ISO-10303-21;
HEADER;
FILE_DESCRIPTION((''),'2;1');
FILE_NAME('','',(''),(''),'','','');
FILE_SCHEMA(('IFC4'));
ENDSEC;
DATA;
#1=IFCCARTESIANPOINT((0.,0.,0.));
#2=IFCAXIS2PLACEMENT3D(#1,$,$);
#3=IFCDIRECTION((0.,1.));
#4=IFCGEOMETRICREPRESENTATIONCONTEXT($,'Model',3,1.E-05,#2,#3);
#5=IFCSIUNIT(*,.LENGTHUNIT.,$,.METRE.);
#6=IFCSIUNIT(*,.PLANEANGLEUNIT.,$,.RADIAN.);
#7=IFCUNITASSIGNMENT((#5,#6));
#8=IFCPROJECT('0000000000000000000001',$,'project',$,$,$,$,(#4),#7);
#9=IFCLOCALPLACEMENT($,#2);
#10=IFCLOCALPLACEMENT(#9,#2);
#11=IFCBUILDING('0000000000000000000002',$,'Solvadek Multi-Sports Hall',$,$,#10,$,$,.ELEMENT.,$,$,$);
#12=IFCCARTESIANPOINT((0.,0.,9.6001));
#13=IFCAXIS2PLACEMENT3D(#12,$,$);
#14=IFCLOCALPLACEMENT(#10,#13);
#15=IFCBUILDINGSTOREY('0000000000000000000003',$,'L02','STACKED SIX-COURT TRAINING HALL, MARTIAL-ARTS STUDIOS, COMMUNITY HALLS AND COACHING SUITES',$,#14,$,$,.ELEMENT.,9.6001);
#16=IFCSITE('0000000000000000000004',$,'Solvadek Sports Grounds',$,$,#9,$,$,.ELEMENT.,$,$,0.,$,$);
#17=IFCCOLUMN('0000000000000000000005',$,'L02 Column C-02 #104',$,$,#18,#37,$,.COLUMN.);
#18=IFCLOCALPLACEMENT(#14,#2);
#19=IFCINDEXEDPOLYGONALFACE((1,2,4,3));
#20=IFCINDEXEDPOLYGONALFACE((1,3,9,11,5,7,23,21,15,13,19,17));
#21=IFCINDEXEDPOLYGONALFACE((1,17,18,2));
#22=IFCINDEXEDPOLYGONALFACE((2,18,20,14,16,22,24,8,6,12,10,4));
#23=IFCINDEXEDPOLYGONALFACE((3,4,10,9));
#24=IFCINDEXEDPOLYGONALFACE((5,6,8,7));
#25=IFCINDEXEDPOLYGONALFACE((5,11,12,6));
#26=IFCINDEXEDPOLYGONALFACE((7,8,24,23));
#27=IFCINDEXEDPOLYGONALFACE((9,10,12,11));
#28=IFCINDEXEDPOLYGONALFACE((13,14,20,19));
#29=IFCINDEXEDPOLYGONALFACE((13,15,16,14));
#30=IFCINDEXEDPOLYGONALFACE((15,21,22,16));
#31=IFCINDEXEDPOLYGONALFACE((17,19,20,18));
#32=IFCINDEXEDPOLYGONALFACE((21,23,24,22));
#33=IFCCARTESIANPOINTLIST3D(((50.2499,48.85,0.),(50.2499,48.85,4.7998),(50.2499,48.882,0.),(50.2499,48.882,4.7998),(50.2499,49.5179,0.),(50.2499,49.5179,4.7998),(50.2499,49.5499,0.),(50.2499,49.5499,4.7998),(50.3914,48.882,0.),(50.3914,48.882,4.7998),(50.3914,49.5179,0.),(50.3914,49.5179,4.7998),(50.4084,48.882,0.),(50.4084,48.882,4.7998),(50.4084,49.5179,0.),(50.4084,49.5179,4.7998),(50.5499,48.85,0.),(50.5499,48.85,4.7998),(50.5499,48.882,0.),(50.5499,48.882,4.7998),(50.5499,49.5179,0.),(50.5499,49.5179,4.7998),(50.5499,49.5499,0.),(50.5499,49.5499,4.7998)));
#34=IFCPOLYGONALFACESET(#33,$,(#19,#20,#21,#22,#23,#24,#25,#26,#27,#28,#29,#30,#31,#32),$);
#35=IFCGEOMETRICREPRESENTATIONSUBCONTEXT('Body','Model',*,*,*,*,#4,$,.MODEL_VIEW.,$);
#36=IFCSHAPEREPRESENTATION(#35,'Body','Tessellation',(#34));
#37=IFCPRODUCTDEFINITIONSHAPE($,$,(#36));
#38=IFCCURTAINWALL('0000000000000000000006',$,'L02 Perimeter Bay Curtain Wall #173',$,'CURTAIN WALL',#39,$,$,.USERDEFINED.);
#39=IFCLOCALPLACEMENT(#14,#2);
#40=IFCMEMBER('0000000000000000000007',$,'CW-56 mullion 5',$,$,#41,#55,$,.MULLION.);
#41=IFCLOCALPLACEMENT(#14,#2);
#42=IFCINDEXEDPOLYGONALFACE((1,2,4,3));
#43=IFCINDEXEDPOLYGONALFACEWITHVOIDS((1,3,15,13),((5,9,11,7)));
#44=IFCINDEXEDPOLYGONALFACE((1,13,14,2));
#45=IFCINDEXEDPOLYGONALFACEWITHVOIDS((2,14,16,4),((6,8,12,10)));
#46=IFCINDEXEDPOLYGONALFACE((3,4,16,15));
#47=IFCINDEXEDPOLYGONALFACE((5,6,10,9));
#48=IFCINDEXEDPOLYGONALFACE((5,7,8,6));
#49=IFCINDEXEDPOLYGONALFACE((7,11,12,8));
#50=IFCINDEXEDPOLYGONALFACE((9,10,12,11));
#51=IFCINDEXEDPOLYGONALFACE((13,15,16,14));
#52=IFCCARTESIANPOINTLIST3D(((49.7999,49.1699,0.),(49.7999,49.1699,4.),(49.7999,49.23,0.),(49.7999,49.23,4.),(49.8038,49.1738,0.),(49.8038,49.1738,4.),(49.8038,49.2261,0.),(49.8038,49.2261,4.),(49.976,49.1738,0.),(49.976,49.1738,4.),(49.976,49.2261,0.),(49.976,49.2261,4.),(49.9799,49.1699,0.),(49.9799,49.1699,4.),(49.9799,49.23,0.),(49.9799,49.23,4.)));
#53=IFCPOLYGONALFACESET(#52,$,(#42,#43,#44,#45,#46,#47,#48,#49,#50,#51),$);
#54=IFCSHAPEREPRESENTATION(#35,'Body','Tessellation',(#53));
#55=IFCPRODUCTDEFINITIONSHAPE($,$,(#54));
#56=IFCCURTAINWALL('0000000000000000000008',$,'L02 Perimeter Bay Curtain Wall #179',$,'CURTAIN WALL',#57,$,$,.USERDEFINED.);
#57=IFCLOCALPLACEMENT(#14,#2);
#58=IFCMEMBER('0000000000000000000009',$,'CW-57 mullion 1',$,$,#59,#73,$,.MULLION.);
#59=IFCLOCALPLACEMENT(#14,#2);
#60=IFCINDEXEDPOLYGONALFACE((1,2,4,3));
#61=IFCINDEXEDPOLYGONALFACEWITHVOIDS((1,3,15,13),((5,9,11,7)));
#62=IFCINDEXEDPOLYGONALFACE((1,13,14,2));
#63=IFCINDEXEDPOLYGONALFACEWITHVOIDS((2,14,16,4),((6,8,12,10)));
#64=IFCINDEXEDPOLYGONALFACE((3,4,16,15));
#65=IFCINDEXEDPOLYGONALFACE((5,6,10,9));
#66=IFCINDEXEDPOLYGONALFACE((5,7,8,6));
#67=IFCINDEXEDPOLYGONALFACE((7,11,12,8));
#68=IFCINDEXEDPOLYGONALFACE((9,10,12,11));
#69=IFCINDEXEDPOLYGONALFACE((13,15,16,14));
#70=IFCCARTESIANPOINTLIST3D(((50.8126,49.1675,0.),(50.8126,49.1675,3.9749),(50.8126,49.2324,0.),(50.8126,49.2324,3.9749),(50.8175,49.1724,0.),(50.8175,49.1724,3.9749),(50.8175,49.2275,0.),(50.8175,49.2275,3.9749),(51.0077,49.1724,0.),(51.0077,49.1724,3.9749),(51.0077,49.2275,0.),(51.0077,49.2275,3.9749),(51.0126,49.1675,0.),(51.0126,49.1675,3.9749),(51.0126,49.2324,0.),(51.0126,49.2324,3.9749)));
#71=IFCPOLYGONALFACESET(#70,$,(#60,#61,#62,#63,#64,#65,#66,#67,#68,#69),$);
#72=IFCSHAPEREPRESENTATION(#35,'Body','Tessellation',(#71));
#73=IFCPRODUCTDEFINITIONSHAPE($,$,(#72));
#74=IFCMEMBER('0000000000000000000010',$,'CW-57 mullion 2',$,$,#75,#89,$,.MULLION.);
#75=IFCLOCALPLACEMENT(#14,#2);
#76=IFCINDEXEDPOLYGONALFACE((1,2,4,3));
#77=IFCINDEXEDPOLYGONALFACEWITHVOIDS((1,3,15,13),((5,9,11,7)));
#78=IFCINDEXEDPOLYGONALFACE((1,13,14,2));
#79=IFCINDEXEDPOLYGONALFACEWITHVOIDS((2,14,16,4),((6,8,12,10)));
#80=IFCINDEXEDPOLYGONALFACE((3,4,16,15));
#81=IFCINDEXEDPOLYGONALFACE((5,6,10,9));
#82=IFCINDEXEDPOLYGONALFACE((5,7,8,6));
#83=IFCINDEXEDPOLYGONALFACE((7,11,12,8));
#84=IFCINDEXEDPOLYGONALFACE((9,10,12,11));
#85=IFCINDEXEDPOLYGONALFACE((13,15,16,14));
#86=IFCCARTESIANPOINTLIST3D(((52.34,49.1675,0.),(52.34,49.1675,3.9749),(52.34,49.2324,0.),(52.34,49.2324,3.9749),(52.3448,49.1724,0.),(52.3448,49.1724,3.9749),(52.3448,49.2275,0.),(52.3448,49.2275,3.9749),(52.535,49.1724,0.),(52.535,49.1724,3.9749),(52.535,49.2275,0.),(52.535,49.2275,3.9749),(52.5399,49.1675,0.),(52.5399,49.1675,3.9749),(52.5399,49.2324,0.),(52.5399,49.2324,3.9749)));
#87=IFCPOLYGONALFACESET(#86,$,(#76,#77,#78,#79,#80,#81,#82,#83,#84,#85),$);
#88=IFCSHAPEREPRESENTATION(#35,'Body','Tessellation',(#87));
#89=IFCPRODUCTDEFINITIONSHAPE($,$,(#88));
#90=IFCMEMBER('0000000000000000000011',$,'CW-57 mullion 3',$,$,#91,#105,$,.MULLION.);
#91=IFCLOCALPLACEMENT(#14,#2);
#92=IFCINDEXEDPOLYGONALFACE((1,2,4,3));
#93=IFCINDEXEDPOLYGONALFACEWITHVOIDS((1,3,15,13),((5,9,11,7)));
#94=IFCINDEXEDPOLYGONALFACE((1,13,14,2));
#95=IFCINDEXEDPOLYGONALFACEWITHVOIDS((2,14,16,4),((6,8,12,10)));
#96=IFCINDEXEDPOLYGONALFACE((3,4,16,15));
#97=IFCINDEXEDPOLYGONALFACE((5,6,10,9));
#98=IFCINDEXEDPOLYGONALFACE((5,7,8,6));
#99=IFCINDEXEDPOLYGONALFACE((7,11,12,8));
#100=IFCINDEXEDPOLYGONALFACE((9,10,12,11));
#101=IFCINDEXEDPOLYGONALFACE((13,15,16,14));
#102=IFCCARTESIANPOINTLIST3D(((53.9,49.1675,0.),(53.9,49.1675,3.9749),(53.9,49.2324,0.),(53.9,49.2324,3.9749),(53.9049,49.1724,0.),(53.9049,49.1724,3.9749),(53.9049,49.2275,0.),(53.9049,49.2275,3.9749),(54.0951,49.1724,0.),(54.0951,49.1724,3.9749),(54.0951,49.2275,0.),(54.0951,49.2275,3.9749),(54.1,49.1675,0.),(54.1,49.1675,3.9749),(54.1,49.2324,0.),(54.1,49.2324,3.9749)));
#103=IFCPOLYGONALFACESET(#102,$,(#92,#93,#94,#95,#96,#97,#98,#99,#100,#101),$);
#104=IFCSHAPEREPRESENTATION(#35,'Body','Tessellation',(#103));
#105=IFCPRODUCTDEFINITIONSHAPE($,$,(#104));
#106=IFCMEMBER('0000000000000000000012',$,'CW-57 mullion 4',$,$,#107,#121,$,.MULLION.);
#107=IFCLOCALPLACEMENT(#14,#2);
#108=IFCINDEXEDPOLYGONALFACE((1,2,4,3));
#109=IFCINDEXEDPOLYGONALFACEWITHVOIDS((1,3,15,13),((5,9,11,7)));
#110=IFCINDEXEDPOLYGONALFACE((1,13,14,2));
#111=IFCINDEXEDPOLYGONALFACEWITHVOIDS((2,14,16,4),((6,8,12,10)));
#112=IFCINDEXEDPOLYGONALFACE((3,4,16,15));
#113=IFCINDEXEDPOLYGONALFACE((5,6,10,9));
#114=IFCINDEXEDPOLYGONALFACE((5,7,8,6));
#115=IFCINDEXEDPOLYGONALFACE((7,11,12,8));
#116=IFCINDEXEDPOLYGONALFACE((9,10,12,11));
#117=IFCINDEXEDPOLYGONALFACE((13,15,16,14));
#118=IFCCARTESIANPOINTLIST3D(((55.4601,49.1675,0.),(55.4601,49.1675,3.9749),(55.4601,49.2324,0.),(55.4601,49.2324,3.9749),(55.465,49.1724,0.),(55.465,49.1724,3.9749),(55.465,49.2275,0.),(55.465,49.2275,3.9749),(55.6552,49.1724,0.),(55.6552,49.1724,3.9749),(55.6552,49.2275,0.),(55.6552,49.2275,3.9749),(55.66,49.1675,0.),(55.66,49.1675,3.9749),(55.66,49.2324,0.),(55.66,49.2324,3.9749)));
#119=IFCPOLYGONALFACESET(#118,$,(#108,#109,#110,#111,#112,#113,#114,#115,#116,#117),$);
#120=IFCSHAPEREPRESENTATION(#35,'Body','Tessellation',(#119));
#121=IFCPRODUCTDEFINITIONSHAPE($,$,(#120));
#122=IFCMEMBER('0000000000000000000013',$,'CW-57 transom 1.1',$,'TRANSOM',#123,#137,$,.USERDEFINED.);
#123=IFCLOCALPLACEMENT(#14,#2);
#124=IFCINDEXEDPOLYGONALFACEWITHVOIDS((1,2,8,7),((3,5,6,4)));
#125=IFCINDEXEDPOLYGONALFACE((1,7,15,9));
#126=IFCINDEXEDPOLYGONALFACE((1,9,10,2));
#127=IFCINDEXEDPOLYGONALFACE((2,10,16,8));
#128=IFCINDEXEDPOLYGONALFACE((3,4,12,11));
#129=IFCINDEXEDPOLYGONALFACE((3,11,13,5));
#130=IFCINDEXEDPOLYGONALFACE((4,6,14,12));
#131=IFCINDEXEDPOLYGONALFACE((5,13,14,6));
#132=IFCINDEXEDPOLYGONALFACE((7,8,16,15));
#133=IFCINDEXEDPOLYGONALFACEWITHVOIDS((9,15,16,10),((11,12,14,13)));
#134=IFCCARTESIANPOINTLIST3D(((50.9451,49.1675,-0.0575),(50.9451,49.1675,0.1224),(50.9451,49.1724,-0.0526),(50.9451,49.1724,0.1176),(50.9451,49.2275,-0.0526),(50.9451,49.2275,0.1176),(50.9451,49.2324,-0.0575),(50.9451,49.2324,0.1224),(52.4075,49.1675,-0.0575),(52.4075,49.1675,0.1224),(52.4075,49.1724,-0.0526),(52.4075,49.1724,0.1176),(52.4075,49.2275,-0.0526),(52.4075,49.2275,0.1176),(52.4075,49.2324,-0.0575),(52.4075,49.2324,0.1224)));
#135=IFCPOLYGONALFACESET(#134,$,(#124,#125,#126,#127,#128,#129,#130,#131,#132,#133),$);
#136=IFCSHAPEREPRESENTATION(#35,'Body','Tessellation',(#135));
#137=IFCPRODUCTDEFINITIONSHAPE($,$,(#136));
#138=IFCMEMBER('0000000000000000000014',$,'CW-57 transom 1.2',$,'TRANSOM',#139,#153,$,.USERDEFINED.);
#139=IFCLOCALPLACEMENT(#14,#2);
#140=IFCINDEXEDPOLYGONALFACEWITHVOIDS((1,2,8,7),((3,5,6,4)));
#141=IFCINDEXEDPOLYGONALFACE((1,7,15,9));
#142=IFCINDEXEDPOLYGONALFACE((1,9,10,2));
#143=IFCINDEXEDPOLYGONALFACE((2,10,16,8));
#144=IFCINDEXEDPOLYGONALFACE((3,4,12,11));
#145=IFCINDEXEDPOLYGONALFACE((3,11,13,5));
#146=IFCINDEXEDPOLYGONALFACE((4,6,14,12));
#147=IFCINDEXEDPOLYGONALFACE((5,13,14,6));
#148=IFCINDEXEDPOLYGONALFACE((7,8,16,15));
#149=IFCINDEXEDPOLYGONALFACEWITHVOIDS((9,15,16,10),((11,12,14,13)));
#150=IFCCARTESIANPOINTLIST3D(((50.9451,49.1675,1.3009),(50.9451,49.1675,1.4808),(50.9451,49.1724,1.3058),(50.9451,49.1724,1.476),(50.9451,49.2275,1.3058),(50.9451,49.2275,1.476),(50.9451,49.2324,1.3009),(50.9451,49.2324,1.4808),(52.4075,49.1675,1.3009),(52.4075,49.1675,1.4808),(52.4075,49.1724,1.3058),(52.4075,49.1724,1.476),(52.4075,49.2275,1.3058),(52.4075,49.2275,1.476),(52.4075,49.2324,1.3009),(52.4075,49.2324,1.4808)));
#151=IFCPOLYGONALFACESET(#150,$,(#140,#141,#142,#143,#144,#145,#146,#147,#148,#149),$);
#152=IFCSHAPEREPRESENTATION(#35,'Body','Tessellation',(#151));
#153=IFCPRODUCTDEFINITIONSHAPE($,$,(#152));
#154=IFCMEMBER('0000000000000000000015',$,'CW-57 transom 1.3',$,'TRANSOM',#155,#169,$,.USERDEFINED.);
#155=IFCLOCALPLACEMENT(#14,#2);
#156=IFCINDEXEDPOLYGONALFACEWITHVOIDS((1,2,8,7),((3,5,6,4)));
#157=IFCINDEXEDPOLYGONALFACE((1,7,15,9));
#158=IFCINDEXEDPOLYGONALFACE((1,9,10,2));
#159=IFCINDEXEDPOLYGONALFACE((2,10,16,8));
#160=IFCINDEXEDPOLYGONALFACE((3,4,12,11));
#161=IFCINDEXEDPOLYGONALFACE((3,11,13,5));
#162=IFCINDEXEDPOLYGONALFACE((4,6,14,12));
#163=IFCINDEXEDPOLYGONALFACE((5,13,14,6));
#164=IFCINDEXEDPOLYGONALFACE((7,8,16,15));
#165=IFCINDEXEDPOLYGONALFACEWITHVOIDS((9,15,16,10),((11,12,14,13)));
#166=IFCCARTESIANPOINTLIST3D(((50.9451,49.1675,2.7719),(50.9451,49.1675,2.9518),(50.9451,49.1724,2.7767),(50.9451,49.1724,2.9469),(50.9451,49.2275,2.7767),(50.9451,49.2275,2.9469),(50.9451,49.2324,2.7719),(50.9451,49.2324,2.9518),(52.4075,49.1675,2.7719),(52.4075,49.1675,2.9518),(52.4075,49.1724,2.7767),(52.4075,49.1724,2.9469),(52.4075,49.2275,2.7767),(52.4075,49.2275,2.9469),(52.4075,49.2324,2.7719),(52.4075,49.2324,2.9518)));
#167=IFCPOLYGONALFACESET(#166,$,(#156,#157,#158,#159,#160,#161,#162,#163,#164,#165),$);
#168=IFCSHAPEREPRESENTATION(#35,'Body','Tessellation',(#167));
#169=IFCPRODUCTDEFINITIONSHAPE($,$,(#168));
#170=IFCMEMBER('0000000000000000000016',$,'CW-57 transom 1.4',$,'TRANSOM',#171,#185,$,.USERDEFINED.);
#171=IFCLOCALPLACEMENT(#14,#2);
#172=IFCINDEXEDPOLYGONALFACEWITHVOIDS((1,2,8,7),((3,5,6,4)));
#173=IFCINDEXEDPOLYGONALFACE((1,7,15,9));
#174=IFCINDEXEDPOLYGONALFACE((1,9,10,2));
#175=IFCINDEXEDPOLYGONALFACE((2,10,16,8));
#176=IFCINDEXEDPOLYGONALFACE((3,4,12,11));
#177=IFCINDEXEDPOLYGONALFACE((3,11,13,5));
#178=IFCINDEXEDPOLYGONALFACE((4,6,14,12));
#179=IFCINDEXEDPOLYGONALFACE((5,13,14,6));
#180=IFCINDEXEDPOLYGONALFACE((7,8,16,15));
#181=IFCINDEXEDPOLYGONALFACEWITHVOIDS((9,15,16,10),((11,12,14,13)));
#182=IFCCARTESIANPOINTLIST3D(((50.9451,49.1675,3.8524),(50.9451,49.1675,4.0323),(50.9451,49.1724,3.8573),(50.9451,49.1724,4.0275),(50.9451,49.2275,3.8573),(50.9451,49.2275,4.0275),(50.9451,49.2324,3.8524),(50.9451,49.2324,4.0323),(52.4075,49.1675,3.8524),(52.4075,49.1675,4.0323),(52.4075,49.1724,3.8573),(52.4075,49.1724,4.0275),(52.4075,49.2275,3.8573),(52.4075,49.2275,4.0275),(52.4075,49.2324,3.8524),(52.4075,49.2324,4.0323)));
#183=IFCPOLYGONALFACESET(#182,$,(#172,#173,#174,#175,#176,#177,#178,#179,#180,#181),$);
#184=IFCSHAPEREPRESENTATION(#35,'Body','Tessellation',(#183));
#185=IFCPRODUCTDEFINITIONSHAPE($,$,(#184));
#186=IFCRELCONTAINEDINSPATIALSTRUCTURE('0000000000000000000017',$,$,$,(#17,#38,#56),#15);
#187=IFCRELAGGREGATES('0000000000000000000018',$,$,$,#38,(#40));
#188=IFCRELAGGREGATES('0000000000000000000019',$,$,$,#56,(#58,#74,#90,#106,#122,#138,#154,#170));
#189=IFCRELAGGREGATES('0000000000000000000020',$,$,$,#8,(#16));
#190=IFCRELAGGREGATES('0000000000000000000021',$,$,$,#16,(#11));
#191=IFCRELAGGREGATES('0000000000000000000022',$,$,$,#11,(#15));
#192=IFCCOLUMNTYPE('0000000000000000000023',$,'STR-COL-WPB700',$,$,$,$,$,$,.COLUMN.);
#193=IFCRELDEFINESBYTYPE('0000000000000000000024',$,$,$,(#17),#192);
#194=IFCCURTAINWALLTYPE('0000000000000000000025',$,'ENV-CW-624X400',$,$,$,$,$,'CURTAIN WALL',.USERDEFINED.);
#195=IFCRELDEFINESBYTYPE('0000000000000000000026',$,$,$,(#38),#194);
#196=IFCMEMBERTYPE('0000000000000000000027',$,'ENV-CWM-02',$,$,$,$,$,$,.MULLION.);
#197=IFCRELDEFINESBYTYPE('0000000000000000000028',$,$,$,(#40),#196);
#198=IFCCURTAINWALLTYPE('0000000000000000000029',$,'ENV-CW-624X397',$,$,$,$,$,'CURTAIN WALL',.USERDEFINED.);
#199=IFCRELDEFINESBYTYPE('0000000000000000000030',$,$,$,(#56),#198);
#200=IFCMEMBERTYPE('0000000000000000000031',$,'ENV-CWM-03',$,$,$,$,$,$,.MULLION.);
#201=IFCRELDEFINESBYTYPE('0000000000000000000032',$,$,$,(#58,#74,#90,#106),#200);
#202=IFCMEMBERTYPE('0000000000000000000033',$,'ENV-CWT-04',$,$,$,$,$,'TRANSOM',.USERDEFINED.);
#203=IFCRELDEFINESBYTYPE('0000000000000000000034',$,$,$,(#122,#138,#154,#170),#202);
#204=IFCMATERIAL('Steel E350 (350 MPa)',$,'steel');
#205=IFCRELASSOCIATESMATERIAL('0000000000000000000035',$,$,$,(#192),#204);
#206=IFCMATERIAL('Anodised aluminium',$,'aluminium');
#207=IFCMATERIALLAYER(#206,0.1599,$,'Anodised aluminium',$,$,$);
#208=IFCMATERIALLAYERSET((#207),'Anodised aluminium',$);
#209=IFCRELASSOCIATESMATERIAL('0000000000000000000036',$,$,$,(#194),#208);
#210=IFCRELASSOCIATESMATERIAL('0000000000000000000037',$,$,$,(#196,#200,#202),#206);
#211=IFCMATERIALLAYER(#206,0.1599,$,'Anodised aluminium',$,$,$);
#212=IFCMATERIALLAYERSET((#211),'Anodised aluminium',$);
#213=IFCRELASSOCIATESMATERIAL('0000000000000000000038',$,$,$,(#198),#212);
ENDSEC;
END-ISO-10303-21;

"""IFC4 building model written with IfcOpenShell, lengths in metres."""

from ifc_helpers import new_model, si_unit, direction, frame, origin, origin_2d, place, context, subcontext, project, spatial, hollow_rectangle, i_section, extrude, material, layer, layer_set, material_profile, profile_set, type_object, element, aggregate, save


model = new_model("IFC4")

# Units and contexts
model_context = context("Model", 3, precision=1e-05, world=origin(), true_north=direction((0.0, 1.0)))
body_context = subcontext(model_context, "Body", "Model", "MODEL_VIEW")
ifc_project = project(units=[si_unit("LENGTHUNIT", "METRE"), si_unit("PLANEANGLEUNIT", "RADIAN")], contexts=[model_context])

# Site, building, storey
site_placement = place(None, origin())
site = spatial("IfcSite", under=ifc_project, at=site_placement, Name="Solvadek Sports Grounds", CompositionType="ELEMENT", RefElevation=0.0)
building_placement = place(site_placement, origin())
building = spatial("IfcBuilding", under=site, at=building_placement, Name="Solvadek Multi-Sports Hall", CompositionType="ELEMENT")
storey_placement = place(building_placement, frame((0.0, 0.0, 9.6001)))
storey = spatial("IfcBuildingStorey", under=building, at=storey_placement, Name="L02", Description="STACKED SIX-COURT TRAINING HALL, MARTIAL-ARTS STUDIOS, COMMUNITY HALLS AND COACHING SUITES", CompositionType="ELEMENT", Elevation=9.6001)

# Column
ifc_material_1 = material(Name="Steel E350 (350 MPa)", Category="steel")
ifc_material_profile_1 = material_profile(ifc_material_1, i_section(OverallWidth=0.3, OverallDepth=0.7, WebThickness=0.0171, FlangeThickness=0.032, at=origin_2d()), Name="WPB 700")
ifc_profile_set_1 = profile_set([ifc_material_profile_1], Name="Steel E350 (350 MPa)")
column_type = type_object("IfcColumnType", Name="STR-COL-WPB700", PredefinedType="COLUMN", material=ifc_profile_set_1)
column_placement = place(storey_placement, frame((50.3999, 49.2, 0.0), z_axis=(0.0, 0.0, 1.0), x_axis=(1.0, 0.0, 0.0)))
element("IfcColumn", 1, at=column_placement, inside=storey, type_object=column_type, Name="L02 Column C-02 #104", PredefinedType="COLUMN", context=body_context, shape_type="SweptSolid", body=[
    extrude(i_section(OverallWidth=0.3, OverallDepth=0.7, WebThickness=0.0171, FlangeThickness=0.032, at=origin_2d()), origin(), (0.0, 0.0, 1.0), 4.7998),
])

# Curtain wall, member
ifc_material_2 = material(Name="Anodised aluminium", Category="aluminium")
ifc_layer_1 = layer(ifc_material_2, 0.1599, Name="Anodised aluminium")
ifc_layer_set_1 = layer_set([ifc_layer_1], Name="Anodised aluminium")
curtain_wall_type_1 = type_object("IfcCurtainWallType", Name="ENV-CW-624X400", ElementType="CURTAIN WALL", PredefinedType="USERDEFINED", material=ifc_layer_set_1)
curtain_wall_1_placement = place(storey_placement, origin())
curtain_wall_1 = element("IfcCurtainWall", 2, at=curtain_wall_1_placement, inside=storey, type_object=curtain_wall_type_1, Name="L02 Perimeter Bay Curtain Wall #173", ObjectType="CURTAIN WALL", PredefinedType="USERDEFINED")
ifc_material_profile_2 = material_profile(ifc_material_2, hollow_rectangle(XDim=0.0601, YDim=0.1799, WallThickness=0.0039, at=origin_2d()), Name="ALU-M 180x60x4")
ifc_profile_set_2 = profile_set([ifc_material_profile_2], Name="Anodised aluminium")
member_type_1 = type_object("IfcMemberType", Name="ENV-CWM-02", PredefinedType="MULLION", material=ifc_profile_set_2)
member_1_placement = place(storey_placement, frame((49.8899, 49.2, 0.0), z_axis=(0.0, 0.0, 1.0), x_axis=(0.0, 1.0, 0.0)))
member_1 = element("IfcMember", 3, at=member_1_placement, type_object=member_type_1, Name="CW-56 mullion 5", PredefinedType="MULLION", context=body_context, shape_type="SweptSolid", body=[
    extrude(hollow_rectangle(XDim=0.0601, YDim=0.1799, WallThickness=0.0039, at=origin_2d()), origin(), (0.0, 0.0, 1.0), 4.0),
])
aggregate(curtain_wall_1, [member_1])

# Curtain wall, members
ifc_layer_2 = layer(ifc_material_2, 0.1599, Name="Anodised aluminium")
ifc_layer_set_2 = layer_set([ifc_layer_2], Name="Anodised aluminium")
curtain_wall_type_2 = type_object("IfcCurtainWallType", Name="ENV-CW-624X397", ElementType="CURTAIN WALL", PredefinedType="USERDEFINED", material=ifc_layer_set_2)
curtain_wall_2_placement = place(storey_placement, origin())
curtain_wall_2 = element("IfcCurtainWall", 4, at=curtain_wall_2_placement, inside=storey, type_object=curtain_wall_type_2, Name="L02 Perimeter Bay Curtain Wall #179", ObjectType="CURTAIN WALL", PredefinedType="USERDEFINED")
ifc_material_profile_3 = material_profile(ifc_material_2, hollow_rectangle(XDim=0.0649, YDim=0.2, WallThickness=0.0049, at=origin_2d()), Name="ALU-M 200x65x5")
ifc_profile_set_3 = profile_set([ifc_material_profile_3], Name="Anodised aluminium")
member_type_2 = type_object("IfcMemberType", Name="ENV-CWM-03", PredefinedType="MULLION", material=ifc_profile_set_3)
member_2_placement = place(storey_placement, frame((50.9126, 49.2, 0.0), z_axis=(0.0, 0.0, 1.0), x_axis=(0.0, 1.0, 0.0)))
member_2 = element("IfcMember", 5, at=member_2_placement, type_object=member_type_2, Name="CW-57 mullion 1", PredefinedType="MULLION", context=body_context, shape_type="SweptSolid", body=[
    extrude(hollow_rectangle(XDim=0.0649, YDim=0.2, WallThickness=0.0049, at=origin_2d()), origin(), (0.0, 0.0, 1.0), 3.9749),
])
member_3_placement = place(storey_placement, frame((52.4399, 49.2, 0.0), z_axis=(0.0, 0.0, 1.0), x_axis=(0.0, 1.0, 0.0)))
member_3 = element("IfcMember", 6, at=member_3_placement, type_object=member_type_2, Name="CW-57 mullion 2", PredefinedType="MULLION", context=body_context, shape_type="SweptSolid", body=[
    extrude(hollow_rectangle(XDim=0.0649, YDim=0.2, WallThickness=0.0049, at=origin_2d()), origin(), (0.0, 0.0, 1.0), 3.9749),
])
member_4_placement = place(storey_placement, frame((54.0, 49.2, 0.0), z_axis=(0.0, 0.0, 1.0), x_axis=(0.0, 1.0, 0.0)))
member_4 = element("IfcMember", 7, at=member_4_placement, type_object=member_type_2, Name="CW-57 mullion 3", PredefinedType="MULLION", context=body_context, shape_type="SweptSolid", body=[
    extrude(hollow_rectangle(XDim=0.0649, YDim=0.2, WallThickness=0.0049, at=origin_2d()), origin(), (0.0, 0.0, 1.0), 3.9749),
])
member_5_placement = place(storey_placement, frame((55.5601, 49.2, 0.0), z_axis=(0.0, 0.0, 1.0), x_axis=(0.0, 1.0, 0.0)))
member_5 = element("IfcMember", 8, at=member_5_placement, type_object=member_type_2, Name="CW-57 mullion 4", PredefinedType="MULLION", context=body_context, shape_type="SweptSolid", body=[
    extrude(hollow_rectangle(XDim=0.0649, YDim=0.2, WallThickness=0.0049, at=origin_2d()), origin(), (0.0, 0.0, 1.0), 3.9749),
])
ifc_material_profile_4 = material_profile(ifc_material_2, hollow_rectangle(XDim=0.0649, YDim=0.1799, WallThickness=0.0049, at=origin_2d()), Name="ALU-T 180x65x5")
ifc_profile_set_4 = profile_set([ifc_material_profile_4], Name="Anodised aluminium")
member_type_3 = type_object("IfcMemberType", Name="ENV-CWT-04", ElementType="TRANSOM", PredefinedType="USERDEFINED", material=ifc_profile_set_4)
member_6_placement = place(storey_placement, frame((50.9451, 49.2, 0.0325), z_axis=(1.0, 0.0, 0.0), x_axis=(0.0, 1.0, 0.0)))
member_6 = element("IfcMember", 9, at=member_6_placement, type_object=member_type_3, Name="CW-57 transom 1.1", ObjectType="TRANSOM", PredefinedType="USERDEFINED", context=body_context, shape_type="SweptSolid", body=[
    extrude(hollow_rectangle(XDim=0.0649, YDim=0.1799, WallThickness=0.0049, at=origin_2d()), origin(), (0.0, 0.0, 1.0), 1.4624),
])
member_7_placement = place(storey_placement, frame((50.9451, 49.2, 1.3909), z_axis=(1.0, 0.0, 0.0), x_axis=(0.0, 1.0, 0.0)))
member_7 = element("IfcMember", 10, at=member_7_placement, type_object=member_type_3, Name="CW-57 transom 1.2", ObjectType="TRANSOM", PredefinedType="USERDEFINED", context=body_context, shape_type="SweptSolid", body=[
    extrude(hollow_rectangle(XDim=0.0649, YDim=0.1799, WallThickness=0.0049, at=origin_2d()), origin(), (0.0, 0.0, 1.0), 1.4624),
])
member_8_placement = place(storey_placement, frame((50.9451, 49.2, 2.8618), z_axis=(1.0, 0.0, 0.0), x_axis=(0.0, 1.0, 0.0)))
member_8 = element("IfcMember", 11, at=member_8_placement, type_object=member_type_3, Name="CW-57 transom 1.3", ObjectType="TRANSOM", PredefinedType="USERDEFINED", context=body_context, shape_type="SweptSolid", body=[
    extrude(hollow_rectangle(XDim=0.0649, YDim=0.1799, WallThickness=0.0049, at=origin_2d()), origin(), (0.0, 0.0, 1.0), 1.4624),
])
member_9_placement = place(storey_placement, frame((50.9451, 49.2, 3.9424), z_axis=(1.0, 0.0, 0.0), x_axis=(0.0, 1.0, 0.0)))
member_9 = element("IfcMember", 12, at=member_9_placement, type_object=member_type_3, Name="CW-57 transom 1.4", ObjectType="TRANSOM", PredefinedType="USERDEFINED", context=body_context, shape_type="SweptSolid", body=[
    extrude(hollow_rectangle(XDim=0.0649, YDim=0.1799, WallThickness=0.0049, at=origin_2d()), origin(), (0.0, 0.0, 1.0), 1.4624),
])

aggregate(curtain_wall_2, [member_2, member_3, member_4, member_5, member_6, member_7, member_8, member_9])

save(model, "model.ifc")
